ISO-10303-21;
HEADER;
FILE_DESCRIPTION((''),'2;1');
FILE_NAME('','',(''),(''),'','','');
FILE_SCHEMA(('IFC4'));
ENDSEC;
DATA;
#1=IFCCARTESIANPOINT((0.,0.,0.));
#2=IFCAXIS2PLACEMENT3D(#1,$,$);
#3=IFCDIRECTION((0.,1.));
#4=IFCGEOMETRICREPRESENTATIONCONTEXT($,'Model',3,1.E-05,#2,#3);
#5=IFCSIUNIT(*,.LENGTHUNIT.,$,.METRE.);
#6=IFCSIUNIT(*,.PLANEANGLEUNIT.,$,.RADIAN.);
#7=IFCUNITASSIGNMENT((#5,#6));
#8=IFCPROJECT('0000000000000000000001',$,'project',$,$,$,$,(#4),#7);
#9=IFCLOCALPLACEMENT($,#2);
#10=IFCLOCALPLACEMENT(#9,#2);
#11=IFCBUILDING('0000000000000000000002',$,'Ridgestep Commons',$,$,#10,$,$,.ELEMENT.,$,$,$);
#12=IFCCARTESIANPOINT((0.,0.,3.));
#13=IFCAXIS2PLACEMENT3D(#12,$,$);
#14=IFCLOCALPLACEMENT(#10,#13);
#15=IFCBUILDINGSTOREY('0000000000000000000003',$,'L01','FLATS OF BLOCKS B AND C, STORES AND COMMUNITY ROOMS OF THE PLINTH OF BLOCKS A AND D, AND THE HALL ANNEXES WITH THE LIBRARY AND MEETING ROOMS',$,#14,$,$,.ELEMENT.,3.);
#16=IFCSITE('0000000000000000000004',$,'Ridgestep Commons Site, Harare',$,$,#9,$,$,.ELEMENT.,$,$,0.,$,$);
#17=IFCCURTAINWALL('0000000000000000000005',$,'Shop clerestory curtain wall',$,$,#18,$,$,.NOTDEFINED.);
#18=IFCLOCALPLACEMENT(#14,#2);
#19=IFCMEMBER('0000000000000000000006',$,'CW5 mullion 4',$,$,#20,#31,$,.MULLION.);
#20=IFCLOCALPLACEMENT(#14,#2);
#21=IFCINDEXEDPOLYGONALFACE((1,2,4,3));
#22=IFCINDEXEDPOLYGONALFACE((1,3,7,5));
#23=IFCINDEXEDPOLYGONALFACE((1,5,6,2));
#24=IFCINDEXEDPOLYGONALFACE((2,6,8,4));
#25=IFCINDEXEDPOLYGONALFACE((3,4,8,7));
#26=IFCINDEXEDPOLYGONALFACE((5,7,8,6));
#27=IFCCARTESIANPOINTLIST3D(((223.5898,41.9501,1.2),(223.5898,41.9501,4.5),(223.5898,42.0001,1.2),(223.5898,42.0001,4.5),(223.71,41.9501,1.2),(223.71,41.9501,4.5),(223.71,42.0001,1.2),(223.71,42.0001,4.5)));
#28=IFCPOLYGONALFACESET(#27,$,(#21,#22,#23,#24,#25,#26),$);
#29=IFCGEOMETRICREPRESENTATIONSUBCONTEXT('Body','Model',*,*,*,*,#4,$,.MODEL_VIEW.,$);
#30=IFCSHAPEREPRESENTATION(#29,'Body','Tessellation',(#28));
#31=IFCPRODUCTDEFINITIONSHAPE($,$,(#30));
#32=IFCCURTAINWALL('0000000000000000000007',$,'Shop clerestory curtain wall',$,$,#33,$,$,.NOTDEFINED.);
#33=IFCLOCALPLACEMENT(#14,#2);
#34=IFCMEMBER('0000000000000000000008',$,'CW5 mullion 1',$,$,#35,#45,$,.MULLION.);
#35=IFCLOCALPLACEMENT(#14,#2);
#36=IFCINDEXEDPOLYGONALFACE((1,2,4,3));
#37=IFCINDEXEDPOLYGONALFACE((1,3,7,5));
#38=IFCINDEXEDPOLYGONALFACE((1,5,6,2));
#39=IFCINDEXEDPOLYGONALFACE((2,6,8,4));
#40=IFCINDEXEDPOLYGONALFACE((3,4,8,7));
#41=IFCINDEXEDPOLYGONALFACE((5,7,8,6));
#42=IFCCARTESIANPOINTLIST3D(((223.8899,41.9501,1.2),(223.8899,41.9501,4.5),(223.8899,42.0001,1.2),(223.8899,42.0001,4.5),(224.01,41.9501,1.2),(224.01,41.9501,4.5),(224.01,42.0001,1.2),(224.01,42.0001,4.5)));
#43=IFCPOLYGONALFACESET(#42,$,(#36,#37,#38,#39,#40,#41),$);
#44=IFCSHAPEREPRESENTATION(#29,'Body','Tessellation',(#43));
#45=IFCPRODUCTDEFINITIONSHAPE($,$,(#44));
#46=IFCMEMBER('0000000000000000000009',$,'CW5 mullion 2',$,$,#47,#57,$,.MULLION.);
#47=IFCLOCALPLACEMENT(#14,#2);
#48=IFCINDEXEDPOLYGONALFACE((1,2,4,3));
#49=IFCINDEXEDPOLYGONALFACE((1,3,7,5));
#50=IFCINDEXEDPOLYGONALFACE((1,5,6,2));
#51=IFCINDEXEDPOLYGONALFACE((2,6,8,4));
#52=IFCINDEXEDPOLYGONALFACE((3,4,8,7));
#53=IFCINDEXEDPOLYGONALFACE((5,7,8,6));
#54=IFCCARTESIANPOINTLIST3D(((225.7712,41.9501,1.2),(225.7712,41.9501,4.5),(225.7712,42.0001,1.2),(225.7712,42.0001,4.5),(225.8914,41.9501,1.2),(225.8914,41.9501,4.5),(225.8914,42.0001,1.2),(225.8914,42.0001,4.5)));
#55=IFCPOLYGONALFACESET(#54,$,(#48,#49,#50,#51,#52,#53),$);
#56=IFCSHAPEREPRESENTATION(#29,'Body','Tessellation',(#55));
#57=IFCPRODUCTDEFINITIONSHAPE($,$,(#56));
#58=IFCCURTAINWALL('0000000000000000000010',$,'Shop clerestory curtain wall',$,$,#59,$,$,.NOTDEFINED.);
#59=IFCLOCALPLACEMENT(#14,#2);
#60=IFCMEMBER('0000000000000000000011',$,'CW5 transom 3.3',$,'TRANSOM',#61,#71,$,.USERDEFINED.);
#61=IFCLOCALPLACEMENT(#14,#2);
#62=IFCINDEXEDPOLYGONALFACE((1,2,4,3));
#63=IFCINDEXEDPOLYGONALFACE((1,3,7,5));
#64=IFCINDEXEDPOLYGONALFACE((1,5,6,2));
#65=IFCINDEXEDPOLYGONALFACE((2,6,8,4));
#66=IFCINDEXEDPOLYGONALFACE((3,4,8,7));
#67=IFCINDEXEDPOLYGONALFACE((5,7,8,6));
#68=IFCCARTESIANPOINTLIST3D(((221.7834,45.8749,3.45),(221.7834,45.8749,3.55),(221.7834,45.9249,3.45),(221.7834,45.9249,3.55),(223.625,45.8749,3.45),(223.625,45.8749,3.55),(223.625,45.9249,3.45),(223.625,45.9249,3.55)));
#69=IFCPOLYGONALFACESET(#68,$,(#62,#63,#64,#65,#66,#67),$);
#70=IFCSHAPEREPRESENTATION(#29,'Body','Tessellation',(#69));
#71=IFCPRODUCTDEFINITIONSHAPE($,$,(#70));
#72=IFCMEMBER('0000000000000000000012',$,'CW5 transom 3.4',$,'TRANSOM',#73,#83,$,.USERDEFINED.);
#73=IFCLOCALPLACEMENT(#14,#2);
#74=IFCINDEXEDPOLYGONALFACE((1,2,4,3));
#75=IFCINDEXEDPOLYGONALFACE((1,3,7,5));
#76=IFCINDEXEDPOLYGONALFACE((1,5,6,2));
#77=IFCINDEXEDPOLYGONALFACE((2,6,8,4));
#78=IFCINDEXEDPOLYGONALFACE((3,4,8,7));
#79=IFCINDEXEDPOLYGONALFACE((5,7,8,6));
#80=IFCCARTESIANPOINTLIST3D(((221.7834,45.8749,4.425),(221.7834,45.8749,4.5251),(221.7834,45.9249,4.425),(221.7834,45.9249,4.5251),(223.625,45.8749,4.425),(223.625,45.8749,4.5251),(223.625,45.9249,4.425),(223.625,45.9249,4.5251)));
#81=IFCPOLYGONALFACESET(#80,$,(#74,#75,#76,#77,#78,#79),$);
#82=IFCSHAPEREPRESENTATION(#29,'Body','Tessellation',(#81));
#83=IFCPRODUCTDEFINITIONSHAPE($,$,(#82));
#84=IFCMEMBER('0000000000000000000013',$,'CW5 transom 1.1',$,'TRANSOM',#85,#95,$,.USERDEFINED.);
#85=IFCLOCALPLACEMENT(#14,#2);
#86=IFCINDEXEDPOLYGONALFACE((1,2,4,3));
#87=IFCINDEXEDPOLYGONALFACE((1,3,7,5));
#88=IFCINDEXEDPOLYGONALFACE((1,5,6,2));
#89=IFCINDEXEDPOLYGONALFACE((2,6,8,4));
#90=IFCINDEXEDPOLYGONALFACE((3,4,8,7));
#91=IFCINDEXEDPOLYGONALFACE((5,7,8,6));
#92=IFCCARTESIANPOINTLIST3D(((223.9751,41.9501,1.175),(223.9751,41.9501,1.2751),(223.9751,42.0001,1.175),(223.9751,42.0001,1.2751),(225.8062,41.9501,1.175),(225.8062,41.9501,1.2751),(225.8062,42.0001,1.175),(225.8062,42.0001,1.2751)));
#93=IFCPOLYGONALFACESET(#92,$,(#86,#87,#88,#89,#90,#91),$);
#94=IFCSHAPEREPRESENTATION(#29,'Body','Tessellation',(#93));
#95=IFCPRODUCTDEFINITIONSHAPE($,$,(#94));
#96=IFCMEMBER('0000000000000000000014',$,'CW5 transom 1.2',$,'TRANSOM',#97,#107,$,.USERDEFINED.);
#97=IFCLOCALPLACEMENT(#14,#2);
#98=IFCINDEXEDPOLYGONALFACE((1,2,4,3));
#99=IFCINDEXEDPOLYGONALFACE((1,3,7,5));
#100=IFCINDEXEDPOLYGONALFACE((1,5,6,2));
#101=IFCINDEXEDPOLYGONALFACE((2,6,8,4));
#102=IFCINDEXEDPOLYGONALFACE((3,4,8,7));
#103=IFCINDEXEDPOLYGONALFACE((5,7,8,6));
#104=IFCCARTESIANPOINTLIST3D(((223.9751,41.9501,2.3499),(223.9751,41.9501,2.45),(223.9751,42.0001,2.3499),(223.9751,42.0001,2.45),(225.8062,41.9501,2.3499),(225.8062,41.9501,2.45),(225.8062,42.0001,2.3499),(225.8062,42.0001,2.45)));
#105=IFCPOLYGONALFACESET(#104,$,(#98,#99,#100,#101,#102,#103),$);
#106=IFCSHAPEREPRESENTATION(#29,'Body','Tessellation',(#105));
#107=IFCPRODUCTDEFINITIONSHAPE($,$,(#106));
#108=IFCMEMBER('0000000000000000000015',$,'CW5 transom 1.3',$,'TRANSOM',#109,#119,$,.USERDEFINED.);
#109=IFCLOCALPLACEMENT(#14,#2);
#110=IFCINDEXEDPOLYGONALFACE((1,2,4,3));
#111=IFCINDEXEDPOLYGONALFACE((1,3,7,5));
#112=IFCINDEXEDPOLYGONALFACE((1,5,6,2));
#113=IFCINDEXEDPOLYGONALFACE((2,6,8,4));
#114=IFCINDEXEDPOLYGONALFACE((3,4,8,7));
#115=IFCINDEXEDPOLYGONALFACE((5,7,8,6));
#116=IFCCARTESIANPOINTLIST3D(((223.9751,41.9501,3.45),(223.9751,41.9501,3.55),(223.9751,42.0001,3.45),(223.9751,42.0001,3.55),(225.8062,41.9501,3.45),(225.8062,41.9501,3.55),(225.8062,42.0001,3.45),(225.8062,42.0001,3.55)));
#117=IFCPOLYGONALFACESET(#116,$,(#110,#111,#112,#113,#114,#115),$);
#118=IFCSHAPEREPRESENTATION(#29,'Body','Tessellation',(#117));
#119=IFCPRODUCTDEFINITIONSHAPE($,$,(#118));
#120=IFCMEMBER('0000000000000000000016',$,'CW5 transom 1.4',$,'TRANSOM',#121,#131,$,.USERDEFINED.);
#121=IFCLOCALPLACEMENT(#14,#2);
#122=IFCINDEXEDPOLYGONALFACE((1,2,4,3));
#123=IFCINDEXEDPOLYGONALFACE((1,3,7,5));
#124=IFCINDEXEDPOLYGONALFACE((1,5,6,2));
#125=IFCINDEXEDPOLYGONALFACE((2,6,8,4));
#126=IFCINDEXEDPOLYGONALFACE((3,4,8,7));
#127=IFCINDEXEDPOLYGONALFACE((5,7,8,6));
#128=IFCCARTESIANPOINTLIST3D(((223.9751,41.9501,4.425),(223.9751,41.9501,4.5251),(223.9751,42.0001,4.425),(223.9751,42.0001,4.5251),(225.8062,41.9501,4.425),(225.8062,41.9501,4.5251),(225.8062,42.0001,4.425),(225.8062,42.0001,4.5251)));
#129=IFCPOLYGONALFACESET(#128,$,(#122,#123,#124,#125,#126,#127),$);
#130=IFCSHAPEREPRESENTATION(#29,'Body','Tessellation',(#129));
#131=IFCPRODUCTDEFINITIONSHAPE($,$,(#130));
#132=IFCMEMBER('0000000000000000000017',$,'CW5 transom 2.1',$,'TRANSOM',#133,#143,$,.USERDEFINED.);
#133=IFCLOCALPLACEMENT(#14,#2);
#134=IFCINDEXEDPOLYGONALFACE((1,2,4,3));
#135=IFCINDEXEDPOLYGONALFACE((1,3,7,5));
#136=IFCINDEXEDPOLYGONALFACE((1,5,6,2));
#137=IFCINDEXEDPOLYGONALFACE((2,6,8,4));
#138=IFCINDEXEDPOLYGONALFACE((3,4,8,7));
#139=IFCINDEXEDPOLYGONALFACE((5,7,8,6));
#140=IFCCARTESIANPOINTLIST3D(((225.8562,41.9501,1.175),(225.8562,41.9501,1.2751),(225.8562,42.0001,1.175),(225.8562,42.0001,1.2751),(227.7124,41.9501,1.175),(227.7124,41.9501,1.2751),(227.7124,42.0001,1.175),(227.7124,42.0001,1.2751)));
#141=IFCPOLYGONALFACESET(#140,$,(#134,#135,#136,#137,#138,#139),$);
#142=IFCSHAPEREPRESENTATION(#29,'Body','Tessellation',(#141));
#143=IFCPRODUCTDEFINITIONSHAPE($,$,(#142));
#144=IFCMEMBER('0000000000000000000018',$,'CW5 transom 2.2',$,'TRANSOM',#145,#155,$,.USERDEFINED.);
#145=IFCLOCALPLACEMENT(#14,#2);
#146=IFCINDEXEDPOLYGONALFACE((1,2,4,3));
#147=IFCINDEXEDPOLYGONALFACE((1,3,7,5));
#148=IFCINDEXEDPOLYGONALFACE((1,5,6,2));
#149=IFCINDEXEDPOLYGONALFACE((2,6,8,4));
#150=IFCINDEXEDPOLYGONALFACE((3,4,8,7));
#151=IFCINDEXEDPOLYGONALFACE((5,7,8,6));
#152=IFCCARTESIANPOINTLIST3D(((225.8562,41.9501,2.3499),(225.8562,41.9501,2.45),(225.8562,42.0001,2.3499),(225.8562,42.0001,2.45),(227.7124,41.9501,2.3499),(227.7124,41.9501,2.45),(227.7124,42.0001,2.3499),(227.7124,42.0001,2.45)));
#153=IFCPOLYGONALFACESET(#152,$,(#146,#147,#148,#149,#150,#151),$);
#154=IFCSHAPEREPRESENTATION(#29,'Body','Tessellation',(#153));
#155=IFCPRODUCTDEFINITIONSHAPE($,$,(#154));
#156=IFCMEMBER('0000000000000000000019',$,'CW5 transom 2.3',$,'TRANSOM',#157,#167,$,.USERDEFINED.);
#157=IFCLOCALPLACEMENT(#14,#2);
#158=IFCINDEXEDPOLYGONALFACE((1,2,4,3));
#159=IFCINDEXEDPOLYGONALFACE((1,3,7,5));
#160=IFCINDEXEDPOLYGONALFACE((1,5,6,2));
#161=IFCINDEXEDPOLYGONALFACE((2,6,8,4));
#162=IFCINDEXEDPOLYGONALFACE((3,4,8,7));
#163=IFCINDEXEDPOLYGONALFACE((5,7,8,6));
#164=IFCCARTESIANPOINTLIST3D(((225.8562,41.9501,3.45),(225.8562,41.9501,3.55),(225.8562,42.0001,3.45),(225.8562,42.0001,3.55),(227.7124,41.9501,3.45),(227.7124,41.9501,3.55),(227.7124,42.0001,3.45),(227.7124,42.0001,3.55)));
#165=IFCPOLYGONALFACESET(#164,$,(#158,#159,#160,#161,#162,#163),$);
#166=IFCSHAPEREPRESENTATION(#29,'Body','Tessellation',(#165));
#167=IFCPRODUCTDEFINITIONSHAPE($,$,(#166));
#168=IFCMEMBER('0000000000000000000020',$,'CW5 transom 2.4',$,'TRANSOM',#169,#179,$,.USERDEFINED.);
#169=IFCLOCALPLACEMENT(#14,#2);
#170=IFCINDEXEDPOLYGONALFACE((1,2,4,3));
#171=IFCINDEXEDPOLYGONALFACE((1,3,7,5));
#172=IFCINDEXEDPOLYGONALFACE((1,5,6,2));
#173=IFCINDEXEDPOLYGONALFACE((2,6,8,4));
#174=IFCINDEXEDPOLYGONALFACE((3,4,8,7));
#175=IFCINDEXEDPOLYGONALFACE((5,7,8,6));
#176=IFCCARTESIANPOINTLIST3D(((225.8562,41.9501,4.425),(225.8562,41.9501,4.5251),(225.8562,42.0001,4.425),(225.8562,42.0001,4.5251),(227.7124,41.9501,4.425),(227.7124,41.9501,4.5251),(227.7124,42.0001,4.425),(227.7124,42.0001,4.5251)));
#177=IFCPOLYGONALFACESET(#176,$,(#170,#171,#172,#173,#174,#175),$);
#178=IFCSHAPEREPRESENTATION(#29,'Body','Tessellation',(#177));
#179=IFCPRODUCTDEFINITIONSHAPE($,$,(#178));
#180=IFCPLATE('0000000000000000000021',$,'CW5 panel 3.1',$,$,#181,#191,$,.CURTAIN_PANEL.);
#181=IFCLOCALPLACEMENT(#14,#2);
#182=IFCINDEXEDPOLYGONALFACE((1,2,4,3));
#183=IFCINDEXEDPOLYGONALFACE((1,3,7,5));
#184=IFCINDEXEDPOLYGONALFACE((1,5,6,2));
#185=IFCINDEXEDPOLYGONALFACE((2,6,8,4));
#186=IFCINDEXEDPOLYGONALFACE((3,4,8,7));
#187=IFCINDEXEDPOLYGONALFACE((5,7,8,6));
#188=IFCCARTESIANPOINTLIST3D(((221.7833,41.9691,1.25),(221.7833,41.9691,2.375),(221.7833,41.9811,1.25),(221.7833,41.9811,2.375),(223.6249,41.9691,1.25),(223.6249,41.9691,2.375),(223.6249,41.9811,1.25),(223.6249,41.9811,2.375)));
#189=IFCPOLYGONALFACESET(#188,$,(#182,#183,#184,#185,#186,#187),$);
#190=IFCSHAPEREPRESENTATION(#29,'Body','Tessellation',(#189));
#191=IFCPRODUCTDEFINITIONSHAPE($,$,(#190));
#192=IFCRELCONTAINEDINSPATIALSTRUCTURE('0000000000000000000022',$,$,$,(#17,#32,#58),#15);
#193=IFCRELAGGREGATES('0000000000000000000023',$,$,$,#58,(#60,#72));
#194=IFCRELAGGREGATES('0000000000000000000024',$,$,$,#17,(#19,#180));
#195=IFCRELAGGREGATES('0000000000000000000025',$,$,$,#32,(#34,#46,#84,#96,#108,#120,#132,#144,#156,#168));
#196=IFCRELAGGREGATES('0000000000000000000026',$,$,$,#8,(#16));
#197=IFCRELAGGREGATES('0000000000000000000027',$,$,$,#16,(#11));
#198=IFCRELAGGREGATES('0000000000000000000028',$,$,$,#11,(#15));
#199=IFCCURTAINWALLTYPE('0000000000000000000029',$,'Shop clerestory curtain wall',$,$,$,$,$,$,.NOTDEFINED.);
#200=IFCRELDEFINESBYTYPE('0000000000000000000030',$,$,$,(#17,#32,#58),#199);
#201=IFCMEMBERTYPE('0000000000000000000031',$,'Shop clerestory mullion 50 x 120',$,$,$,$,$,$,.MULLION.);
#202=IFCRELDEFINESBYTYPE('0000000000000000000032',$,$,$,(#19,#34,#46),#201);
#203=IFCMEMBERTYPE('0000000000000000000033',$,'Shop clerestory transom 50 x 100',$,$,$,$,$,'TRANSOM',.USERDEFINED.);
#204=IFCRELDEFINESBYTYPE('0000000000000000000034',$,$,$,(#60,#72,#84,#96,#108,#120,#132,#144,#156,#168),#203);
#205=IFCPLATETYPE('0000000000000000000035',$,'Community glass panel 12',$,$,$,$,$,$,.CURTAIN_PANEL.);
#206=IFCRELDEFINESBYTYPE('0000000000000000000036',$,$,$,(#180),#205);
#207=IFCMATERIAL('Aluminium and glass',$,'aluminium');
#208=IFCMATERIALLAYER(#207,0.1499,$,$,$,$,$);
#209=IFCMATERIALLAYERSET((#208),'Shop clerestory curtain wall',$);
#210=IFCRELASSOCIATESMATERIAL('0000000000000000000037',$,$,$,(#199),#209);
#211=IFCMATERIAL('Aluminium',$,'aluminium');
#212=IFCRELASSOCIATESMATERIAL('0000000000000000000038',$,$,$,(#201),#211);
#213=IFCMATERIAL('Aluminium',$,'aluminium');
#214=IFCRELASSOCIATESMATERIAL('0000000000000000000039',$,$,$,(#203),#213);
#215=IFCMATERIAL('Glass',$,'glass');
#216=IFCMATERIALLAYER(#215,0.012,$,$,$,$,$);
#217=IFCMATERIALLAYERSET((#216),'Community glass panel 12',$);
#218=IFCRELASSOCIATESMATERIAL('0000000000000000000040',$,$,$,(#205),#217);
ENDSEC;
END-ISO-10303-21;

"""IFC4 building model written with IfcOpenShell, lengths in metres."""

from ifc_helpers import new_model, si_unit, direction, frame, origin, origin_2d, place, context, subcontext, project, spatial, rectangle, extrude, material, layer, layer_set, material_profile, profile_set, type_object, element, aggregate, save


model = new_model("IFC4")

# Units and contexts
model_context = context("Model", 3, precision=1e-05, world=origin(), true_north=direction((0.0, 1.0)))
body_context = subcontext(model_context, "Body", "Model", "MODEL_VIEW")
ifc_project = project(units=[si_unit("LENGTHUNIT", "METRE"), si_unit("PLANEANGLEUNIT", "RADIAN")], contexts=[model_context])

# Site, building, storey
site_placement = place(None, origin())
site = spatial("IfcSite", under=ifc_project, at=site_placement, Name="Ridgestep Commons Site, Harare", CompositionType="ELEMENT", RefElevation=0.0)
building_placement = place(site_placement, origin())
building = spatial("IfcBuilding", under=site, at=building_placement, Name="Ridgestep Commons", CompositionType="ELEMENT")
storey_placement = place(building_placement, frame((0.0, 0.0, 3.0)))
storey = spatial("IfcBuildingStorey", under=building, at=storey_placement, Name="L01", Description="FLATS OF BLOCKS B AND C, STORES AND COMMUNITY ROOMS OF THE PLINTH OF BLOCKS A AND D, AND THE HALL ANNEXES WITH THE LIBRARY AND MEETING ROOMS", CompositionType="ELEMENT", Elevation=3.0)

# Curtain wall, member
ifc_material_1 = material(Name="Aluminium and glass", Category="aluminium")
ifc_layer_1 = layer(ifc_material_1, 0.1499)
ifc_layer_set_1 = layer_set([ifc_layer_1], Name="Shop clerestory curtain wall")
curtain_wall_type = type_object("IfcCurtainWallType", Name="Shop clerestory curtain wall", PredefinedType="NOTDEFINED", material=ifc_layer_set_1)
curtain_wall_1_placement = place(storey_placement, origin())
curtain_wall_1 = element("IfcCurtainWall", 1, at=curtain_wall_1_placement, inside=storey, type_object=curtain_wall_type, Name="Shop clerestory curtain wall", PredefinedType="NOTDEFINED")
ifc_material_2 = material(Name="Aluminium", Category="aluminium")
ifc_material_profile_1 = material_profile(ifc_material_2, rectangle(XDim=0.05, YDim=0.1201, at=origin_2d()), Name="Shop clerestory mullion 50 x 120")
ifc_profile_set_1 = profile_set([ifc_material_profile_1], Name="Aluminium")
member_type_1 = type_object("IfcMemberType", Name="Shop clerestory mullion 50 x 120", PredefinedType="MULLION", material=ifc_profile_set_1)
member_1_placement = place(storey_placement, frame((223.6499, 41.9751, 1.2), z_axis=(0.0, 0.0, 1.0), x_axis=(0.0, 1.0, 0.0)))
member_1 = element("IfcMember", 2, at=member_1_placement, type_object=member_type_1, Name="CW5 mullion 4", PredefinedType="MULLION", context=body_context, shape_type="SweptSolid", body=[
    extrude(rectangle(XDim=0.05, YDim=0.1201, at=origin_2d()), origin(), (0.0, 0.0, 1.0), 3.3),
])

# Curtain walls, members
curtain_wall_2_placement = place(storey_placement, origin())
curtain_wall_2 = element("IfcCurtainWall", 3, at=curtain_wall_2_placement, inside=storey, type_object=curtain_wall_type, Name="Shop clerestory curtain wall", PredefinedType="NOTDEFINED")
member_2_placement = place(storey_placement, frame((223.95, 41.9751, 1.2), z_axis=(0.0, 0.0, 1.0), x_axis=(0.0, 1.0, 0.0)))
member_2 = element("IfcMember", 4, at=member_2_placement, type_object=member_type_1, Name="CW5 mullion 1", PredefinedType="MULLION", context=body_context, shape_type="SweptSolid", body=[
    extrude(rectangle(XDim=0.05, YDim=0.1201, at=origin_2d()), origin(), (0.0, 0.0, 1.0), 3.3),
])
member_3_placement = place(storey_placement, frame((225.8313, 41.9751, 1.2), z_axis=(0.0, 0.0, 1.0), x_axis=(0.0, 1.0, 0.0)))
member_3 = element("IfcMember", 5, at=member_3_placement, type_object=member_type_1, Name="CW5 mullion 2", PredefinedType="MULLION", context=body_context, shape_type="SweptSolid", body=[
    extrude(rectangle(XDim=0.05, YDim=0.1201, at=origin_2d()), origin(), (0.0, 0.0, 1.0), 3.3),
])
curtain_wall_3_placement = place(storey_placement, origin())
curtain_wall_3 = element("IfcCurtainWall", 6, at=curtain_wall_3_placement, inside=storey, type_object=curtain_wall_type, Name="Shop clerestory curtain wall", PredefinedType="NOTDEFINED")
ifc_material_3 = material(Name="Aluminium", Category="aluminium")
ifc_material_profile_2 = material_profile(ifc_material_3, rectangle(XDim=0.05, YDim=0.1001, at=origin_2d()), Name="Shop clerestory transom 50 x 100")
ifc_profile_set_2 = profile_set([ifc_material_profile_2], Name="Aluminium")
member_type_2 = type_object("IfcMemberType", Name="Shop clerestory transom 50 x 100", ElementType="TRANSOM", PredefinedType="USERDEFINED", material=ifc_profile_set_2)
member_4_placement = place(storey_placement, frame((221.7834, 45.8999, 3.5), z_axis=(1.0, 0.0, 0.0), x_axis=(0.0, 1.0, 0.0)))
member_4 = element("IfcMember", 7, at=member_4_placement, type_object=member_type_2, Name="CW5 transom 3.3", ObjectType="TRANSOM", PredefinedType="USERDEFINED", context=body_context, shape_type="SweptSolid", body=[
    extrude(rectangle(XDim=0.05, YDim=0.1001, at=origin_2d()), origin(), (0.0, 0.0, 1.0), 1.8416),
])
member_5_placement = place(storey_placement, frame((221.7834, 45.8999, 4.4751), z_axis=(1.0, 0.0, 0.0), x_axis=(0.0, 1.0, 0.0)))
member_5 = element("IfcMember", 8, at=member_5_placement, type_object=member_type_2, Name="CW5 transom 3.4", ObjectType="TRANSOM", PredefinedType="USERDEFINED", context=body_context, shape_type="SweptSolid", body=[
    extrude(rectangle(XDim=0.05, YDim=0.1001, at=origin_2d()), origin(), (0.0, 0.0, 1.0), 1.8416),
])
aggregate(curtain_wall_3, [member_4, member_5])

# Members
member_6_placement = place(storey_placement, frame((223.9751, 41.9751, 1.2251), z_axis=(1.0, 0.0, 0.0), x_axis=(0.0, 1.0, 0.0)))
member_6 = element("IfcMember", 9, at=member_6_placement, type_object=member_type_2, Name="CW5 transom 1.1", ObjectType="TRANSOM", PredefinedType="USERDEFINED", context=body_context, shape_type="SweptSolid", body=[
    extrude(rectangle(XDim=0.05, YDim=0.1001, at=origin_2d()), origin(), (0.0, 0.0, 1.0), 1.8311),
])
member_7_placement = place(storey_placement, frame((223.9751, 41.9751, 2.3999), z_axis=(1.0, 0.0, 0.0), x_axis=(0.0, 1.0, 0.0)))
member_7 = element("IfcMember", 10, at=member_7_placement, type_object=member_type_2, Name="CW5 transom 1.2", ObjectType="TRANSOM", PredefinedType="USERDEFINED", context=body_context, shape_type="SweptSolid", body=[
    extrude(rectangle(XDim=0.05, YDim=0.1001, at=origin_2d()), origin(), (0.0, 0.0, 1.0), 1.8311),
])
member_8_placement = place(storey_placement, frame((223.9751, 41.9751, 3.5), z_axis=(1.0, 0.0, 0.0), x_axis=(0.0, 1.0, 0.0)))
member_8 = element("IfcMember", 11, at=member_8_placement, type_object=member_type_2, Name="CW5 transom 1.3", ObjectType="TRANSOM", PredefinedType="USERDEFINED", context=body_context, shape_type="SweptSolid", body=[
    extrude(rectangle(XDim=0.05, YDim=0.1001, at=origin_2d()), origin(), (0.0, 0.0, 1.0), 1.8311),
])
member_9_placement = place(storey_placement, frame((223.9751, 41.9751, 4.4751), z_axis=(1.0, 0.0, 0.0), x_axis=(0.0, 1.0, 0.0)))
member_9 = element("IfcMember", 12, at=member_9_placement, type_object=member_type_2, Name="CW5 transom 1.4", ObjectType="TRANSOM", PredefinedType="USERDEFINED", context=body_context, shape_type="SweptSolid", body=[
    extrude(rectangle(XDim=0.05, YDim=0.1001, at=origin_2d()), origin(), (0.0, 0.0, 1.0), 1.8311),
])
member_10_placement = place(storey_placement, frame((225.8562, 41.9751, 1.2251), z_axis=(1.0, 0.0, 0.0), x_axis=(0.0, 1.0, 0.0)))
member_10 = element("IfcMember", 13, at=member_10_placement, type_object=member_type_2, Name="CW5 transom 2.1", ObjectType="TRANSOM", PredefinedType="USERDEFINED", context=body_context, shape_type="SweptSolid", body=[
    extrude(rectangle(XDim=0.05, YDim=0.1001, at=origin_2d()), origin(), (0.0, 0.0, 1.0), 1.8562),
])
member_11_placement = place(storey_placement, frame((225.8562, 41.9751, 2.3999), z_axis=(1.0, 0.0, 0.0), x_axis=(0.0, 1.0, 0.0)))
member_11 = element("IfcMember", 14, at=member_11_placement, type_object=member_type_2, Name="CW5 transom 2.2", ObjectType="TRANSOM", PredefinedType="USERDEFINED", context=body_context, shape_type="SweptSolid", body=[
    extrude(rectangle(XDim=0.05, YDim=0.1001, at=origin_2d()), origin(), (0.0, 0.0, 1.0), 1.8562),
])
member_12_placement = place(storey_placement, frame((225.8562, 41.9751, 3.5), z_axis=(1.0, 0.0, 0.0), x_axis=(0.0, 1.0, 0.0)))
member_12 = element("IfcMember", 15, at=member_12_placement, type_object=member_type_2, Name="CW5 transom 2.3", ObjectType="TRANSOM", PredefinedType="USERDEFINED", context=body_context, shape_type="SweptSolid", body=[
    extrude(rectangle(XDim=0.05, YDim=0.1001, at=origin_2d()), origin(), (0.0, 0.0, 1.0), 1.8562),
])
member_13_placement = place(storey_placement, frame((225.8562, 41.9751, 4.4751), z_axis=(1.0, 0.0, 0.0), x_axis=(0.0, 1.0, 0.0)))
member_13 = element("IfcMember", 16, at=member_13_placement, type_object=member_type_2, Name="CW5 transom 2.4", ObjectType="TRANSOM", PredefinedType="USERDEFINED", context=body_context, shape_type="SweptSolid", body=[
    extrude(rectangle(XDim=0.05, YDim=0.1001, at=origin_2d()), origin(), (0.0, 0.0, 1.0), 1.8562),
])

# Plate
ifc_material_4 = material(Name="Glass", Category="glass")
ifc_layer_2 = layer(ifc_material_4, 0.012)
ifc_layer_set_2 = layer_set([ifc_layer_2], Name="Community glass panel 12")
plate_type = type_object("IfcPlateType", Name="Community glass panel 12", PredefinedType="CURTAIN_PANEL", material=ifc_layer_set_2)
plate_1_placement = place(storey_placement, frame((222.7041, 41.9751, 1.25), z_axis=(0.0, 0.0, 1.0), x_axis=(1.0, 0.0, 0.0)))
plate_1 = element("IfcPlate", 17, at=plate_1_placement, type_object=plate_type, Name="CW5 panel 3.1", PredefinedType="CURTAIN_PANEL", context=body_context, shape_type="SweptSolid", body=[
    extrude(rectangle(XDim=1.8416, YDim=0.012, at=origin_2d()), origin(), (0.0, 0.0, 1.0), 1.125),
])
aggregate(curtain_wall_1, [member_1, plate_1])
aggregate(curtain_wall_2, [member_2, member_3, member_6, member_7, member_8, member_9, member_10, member_11, member_12, member_13])

save(model, "model.ifc")
